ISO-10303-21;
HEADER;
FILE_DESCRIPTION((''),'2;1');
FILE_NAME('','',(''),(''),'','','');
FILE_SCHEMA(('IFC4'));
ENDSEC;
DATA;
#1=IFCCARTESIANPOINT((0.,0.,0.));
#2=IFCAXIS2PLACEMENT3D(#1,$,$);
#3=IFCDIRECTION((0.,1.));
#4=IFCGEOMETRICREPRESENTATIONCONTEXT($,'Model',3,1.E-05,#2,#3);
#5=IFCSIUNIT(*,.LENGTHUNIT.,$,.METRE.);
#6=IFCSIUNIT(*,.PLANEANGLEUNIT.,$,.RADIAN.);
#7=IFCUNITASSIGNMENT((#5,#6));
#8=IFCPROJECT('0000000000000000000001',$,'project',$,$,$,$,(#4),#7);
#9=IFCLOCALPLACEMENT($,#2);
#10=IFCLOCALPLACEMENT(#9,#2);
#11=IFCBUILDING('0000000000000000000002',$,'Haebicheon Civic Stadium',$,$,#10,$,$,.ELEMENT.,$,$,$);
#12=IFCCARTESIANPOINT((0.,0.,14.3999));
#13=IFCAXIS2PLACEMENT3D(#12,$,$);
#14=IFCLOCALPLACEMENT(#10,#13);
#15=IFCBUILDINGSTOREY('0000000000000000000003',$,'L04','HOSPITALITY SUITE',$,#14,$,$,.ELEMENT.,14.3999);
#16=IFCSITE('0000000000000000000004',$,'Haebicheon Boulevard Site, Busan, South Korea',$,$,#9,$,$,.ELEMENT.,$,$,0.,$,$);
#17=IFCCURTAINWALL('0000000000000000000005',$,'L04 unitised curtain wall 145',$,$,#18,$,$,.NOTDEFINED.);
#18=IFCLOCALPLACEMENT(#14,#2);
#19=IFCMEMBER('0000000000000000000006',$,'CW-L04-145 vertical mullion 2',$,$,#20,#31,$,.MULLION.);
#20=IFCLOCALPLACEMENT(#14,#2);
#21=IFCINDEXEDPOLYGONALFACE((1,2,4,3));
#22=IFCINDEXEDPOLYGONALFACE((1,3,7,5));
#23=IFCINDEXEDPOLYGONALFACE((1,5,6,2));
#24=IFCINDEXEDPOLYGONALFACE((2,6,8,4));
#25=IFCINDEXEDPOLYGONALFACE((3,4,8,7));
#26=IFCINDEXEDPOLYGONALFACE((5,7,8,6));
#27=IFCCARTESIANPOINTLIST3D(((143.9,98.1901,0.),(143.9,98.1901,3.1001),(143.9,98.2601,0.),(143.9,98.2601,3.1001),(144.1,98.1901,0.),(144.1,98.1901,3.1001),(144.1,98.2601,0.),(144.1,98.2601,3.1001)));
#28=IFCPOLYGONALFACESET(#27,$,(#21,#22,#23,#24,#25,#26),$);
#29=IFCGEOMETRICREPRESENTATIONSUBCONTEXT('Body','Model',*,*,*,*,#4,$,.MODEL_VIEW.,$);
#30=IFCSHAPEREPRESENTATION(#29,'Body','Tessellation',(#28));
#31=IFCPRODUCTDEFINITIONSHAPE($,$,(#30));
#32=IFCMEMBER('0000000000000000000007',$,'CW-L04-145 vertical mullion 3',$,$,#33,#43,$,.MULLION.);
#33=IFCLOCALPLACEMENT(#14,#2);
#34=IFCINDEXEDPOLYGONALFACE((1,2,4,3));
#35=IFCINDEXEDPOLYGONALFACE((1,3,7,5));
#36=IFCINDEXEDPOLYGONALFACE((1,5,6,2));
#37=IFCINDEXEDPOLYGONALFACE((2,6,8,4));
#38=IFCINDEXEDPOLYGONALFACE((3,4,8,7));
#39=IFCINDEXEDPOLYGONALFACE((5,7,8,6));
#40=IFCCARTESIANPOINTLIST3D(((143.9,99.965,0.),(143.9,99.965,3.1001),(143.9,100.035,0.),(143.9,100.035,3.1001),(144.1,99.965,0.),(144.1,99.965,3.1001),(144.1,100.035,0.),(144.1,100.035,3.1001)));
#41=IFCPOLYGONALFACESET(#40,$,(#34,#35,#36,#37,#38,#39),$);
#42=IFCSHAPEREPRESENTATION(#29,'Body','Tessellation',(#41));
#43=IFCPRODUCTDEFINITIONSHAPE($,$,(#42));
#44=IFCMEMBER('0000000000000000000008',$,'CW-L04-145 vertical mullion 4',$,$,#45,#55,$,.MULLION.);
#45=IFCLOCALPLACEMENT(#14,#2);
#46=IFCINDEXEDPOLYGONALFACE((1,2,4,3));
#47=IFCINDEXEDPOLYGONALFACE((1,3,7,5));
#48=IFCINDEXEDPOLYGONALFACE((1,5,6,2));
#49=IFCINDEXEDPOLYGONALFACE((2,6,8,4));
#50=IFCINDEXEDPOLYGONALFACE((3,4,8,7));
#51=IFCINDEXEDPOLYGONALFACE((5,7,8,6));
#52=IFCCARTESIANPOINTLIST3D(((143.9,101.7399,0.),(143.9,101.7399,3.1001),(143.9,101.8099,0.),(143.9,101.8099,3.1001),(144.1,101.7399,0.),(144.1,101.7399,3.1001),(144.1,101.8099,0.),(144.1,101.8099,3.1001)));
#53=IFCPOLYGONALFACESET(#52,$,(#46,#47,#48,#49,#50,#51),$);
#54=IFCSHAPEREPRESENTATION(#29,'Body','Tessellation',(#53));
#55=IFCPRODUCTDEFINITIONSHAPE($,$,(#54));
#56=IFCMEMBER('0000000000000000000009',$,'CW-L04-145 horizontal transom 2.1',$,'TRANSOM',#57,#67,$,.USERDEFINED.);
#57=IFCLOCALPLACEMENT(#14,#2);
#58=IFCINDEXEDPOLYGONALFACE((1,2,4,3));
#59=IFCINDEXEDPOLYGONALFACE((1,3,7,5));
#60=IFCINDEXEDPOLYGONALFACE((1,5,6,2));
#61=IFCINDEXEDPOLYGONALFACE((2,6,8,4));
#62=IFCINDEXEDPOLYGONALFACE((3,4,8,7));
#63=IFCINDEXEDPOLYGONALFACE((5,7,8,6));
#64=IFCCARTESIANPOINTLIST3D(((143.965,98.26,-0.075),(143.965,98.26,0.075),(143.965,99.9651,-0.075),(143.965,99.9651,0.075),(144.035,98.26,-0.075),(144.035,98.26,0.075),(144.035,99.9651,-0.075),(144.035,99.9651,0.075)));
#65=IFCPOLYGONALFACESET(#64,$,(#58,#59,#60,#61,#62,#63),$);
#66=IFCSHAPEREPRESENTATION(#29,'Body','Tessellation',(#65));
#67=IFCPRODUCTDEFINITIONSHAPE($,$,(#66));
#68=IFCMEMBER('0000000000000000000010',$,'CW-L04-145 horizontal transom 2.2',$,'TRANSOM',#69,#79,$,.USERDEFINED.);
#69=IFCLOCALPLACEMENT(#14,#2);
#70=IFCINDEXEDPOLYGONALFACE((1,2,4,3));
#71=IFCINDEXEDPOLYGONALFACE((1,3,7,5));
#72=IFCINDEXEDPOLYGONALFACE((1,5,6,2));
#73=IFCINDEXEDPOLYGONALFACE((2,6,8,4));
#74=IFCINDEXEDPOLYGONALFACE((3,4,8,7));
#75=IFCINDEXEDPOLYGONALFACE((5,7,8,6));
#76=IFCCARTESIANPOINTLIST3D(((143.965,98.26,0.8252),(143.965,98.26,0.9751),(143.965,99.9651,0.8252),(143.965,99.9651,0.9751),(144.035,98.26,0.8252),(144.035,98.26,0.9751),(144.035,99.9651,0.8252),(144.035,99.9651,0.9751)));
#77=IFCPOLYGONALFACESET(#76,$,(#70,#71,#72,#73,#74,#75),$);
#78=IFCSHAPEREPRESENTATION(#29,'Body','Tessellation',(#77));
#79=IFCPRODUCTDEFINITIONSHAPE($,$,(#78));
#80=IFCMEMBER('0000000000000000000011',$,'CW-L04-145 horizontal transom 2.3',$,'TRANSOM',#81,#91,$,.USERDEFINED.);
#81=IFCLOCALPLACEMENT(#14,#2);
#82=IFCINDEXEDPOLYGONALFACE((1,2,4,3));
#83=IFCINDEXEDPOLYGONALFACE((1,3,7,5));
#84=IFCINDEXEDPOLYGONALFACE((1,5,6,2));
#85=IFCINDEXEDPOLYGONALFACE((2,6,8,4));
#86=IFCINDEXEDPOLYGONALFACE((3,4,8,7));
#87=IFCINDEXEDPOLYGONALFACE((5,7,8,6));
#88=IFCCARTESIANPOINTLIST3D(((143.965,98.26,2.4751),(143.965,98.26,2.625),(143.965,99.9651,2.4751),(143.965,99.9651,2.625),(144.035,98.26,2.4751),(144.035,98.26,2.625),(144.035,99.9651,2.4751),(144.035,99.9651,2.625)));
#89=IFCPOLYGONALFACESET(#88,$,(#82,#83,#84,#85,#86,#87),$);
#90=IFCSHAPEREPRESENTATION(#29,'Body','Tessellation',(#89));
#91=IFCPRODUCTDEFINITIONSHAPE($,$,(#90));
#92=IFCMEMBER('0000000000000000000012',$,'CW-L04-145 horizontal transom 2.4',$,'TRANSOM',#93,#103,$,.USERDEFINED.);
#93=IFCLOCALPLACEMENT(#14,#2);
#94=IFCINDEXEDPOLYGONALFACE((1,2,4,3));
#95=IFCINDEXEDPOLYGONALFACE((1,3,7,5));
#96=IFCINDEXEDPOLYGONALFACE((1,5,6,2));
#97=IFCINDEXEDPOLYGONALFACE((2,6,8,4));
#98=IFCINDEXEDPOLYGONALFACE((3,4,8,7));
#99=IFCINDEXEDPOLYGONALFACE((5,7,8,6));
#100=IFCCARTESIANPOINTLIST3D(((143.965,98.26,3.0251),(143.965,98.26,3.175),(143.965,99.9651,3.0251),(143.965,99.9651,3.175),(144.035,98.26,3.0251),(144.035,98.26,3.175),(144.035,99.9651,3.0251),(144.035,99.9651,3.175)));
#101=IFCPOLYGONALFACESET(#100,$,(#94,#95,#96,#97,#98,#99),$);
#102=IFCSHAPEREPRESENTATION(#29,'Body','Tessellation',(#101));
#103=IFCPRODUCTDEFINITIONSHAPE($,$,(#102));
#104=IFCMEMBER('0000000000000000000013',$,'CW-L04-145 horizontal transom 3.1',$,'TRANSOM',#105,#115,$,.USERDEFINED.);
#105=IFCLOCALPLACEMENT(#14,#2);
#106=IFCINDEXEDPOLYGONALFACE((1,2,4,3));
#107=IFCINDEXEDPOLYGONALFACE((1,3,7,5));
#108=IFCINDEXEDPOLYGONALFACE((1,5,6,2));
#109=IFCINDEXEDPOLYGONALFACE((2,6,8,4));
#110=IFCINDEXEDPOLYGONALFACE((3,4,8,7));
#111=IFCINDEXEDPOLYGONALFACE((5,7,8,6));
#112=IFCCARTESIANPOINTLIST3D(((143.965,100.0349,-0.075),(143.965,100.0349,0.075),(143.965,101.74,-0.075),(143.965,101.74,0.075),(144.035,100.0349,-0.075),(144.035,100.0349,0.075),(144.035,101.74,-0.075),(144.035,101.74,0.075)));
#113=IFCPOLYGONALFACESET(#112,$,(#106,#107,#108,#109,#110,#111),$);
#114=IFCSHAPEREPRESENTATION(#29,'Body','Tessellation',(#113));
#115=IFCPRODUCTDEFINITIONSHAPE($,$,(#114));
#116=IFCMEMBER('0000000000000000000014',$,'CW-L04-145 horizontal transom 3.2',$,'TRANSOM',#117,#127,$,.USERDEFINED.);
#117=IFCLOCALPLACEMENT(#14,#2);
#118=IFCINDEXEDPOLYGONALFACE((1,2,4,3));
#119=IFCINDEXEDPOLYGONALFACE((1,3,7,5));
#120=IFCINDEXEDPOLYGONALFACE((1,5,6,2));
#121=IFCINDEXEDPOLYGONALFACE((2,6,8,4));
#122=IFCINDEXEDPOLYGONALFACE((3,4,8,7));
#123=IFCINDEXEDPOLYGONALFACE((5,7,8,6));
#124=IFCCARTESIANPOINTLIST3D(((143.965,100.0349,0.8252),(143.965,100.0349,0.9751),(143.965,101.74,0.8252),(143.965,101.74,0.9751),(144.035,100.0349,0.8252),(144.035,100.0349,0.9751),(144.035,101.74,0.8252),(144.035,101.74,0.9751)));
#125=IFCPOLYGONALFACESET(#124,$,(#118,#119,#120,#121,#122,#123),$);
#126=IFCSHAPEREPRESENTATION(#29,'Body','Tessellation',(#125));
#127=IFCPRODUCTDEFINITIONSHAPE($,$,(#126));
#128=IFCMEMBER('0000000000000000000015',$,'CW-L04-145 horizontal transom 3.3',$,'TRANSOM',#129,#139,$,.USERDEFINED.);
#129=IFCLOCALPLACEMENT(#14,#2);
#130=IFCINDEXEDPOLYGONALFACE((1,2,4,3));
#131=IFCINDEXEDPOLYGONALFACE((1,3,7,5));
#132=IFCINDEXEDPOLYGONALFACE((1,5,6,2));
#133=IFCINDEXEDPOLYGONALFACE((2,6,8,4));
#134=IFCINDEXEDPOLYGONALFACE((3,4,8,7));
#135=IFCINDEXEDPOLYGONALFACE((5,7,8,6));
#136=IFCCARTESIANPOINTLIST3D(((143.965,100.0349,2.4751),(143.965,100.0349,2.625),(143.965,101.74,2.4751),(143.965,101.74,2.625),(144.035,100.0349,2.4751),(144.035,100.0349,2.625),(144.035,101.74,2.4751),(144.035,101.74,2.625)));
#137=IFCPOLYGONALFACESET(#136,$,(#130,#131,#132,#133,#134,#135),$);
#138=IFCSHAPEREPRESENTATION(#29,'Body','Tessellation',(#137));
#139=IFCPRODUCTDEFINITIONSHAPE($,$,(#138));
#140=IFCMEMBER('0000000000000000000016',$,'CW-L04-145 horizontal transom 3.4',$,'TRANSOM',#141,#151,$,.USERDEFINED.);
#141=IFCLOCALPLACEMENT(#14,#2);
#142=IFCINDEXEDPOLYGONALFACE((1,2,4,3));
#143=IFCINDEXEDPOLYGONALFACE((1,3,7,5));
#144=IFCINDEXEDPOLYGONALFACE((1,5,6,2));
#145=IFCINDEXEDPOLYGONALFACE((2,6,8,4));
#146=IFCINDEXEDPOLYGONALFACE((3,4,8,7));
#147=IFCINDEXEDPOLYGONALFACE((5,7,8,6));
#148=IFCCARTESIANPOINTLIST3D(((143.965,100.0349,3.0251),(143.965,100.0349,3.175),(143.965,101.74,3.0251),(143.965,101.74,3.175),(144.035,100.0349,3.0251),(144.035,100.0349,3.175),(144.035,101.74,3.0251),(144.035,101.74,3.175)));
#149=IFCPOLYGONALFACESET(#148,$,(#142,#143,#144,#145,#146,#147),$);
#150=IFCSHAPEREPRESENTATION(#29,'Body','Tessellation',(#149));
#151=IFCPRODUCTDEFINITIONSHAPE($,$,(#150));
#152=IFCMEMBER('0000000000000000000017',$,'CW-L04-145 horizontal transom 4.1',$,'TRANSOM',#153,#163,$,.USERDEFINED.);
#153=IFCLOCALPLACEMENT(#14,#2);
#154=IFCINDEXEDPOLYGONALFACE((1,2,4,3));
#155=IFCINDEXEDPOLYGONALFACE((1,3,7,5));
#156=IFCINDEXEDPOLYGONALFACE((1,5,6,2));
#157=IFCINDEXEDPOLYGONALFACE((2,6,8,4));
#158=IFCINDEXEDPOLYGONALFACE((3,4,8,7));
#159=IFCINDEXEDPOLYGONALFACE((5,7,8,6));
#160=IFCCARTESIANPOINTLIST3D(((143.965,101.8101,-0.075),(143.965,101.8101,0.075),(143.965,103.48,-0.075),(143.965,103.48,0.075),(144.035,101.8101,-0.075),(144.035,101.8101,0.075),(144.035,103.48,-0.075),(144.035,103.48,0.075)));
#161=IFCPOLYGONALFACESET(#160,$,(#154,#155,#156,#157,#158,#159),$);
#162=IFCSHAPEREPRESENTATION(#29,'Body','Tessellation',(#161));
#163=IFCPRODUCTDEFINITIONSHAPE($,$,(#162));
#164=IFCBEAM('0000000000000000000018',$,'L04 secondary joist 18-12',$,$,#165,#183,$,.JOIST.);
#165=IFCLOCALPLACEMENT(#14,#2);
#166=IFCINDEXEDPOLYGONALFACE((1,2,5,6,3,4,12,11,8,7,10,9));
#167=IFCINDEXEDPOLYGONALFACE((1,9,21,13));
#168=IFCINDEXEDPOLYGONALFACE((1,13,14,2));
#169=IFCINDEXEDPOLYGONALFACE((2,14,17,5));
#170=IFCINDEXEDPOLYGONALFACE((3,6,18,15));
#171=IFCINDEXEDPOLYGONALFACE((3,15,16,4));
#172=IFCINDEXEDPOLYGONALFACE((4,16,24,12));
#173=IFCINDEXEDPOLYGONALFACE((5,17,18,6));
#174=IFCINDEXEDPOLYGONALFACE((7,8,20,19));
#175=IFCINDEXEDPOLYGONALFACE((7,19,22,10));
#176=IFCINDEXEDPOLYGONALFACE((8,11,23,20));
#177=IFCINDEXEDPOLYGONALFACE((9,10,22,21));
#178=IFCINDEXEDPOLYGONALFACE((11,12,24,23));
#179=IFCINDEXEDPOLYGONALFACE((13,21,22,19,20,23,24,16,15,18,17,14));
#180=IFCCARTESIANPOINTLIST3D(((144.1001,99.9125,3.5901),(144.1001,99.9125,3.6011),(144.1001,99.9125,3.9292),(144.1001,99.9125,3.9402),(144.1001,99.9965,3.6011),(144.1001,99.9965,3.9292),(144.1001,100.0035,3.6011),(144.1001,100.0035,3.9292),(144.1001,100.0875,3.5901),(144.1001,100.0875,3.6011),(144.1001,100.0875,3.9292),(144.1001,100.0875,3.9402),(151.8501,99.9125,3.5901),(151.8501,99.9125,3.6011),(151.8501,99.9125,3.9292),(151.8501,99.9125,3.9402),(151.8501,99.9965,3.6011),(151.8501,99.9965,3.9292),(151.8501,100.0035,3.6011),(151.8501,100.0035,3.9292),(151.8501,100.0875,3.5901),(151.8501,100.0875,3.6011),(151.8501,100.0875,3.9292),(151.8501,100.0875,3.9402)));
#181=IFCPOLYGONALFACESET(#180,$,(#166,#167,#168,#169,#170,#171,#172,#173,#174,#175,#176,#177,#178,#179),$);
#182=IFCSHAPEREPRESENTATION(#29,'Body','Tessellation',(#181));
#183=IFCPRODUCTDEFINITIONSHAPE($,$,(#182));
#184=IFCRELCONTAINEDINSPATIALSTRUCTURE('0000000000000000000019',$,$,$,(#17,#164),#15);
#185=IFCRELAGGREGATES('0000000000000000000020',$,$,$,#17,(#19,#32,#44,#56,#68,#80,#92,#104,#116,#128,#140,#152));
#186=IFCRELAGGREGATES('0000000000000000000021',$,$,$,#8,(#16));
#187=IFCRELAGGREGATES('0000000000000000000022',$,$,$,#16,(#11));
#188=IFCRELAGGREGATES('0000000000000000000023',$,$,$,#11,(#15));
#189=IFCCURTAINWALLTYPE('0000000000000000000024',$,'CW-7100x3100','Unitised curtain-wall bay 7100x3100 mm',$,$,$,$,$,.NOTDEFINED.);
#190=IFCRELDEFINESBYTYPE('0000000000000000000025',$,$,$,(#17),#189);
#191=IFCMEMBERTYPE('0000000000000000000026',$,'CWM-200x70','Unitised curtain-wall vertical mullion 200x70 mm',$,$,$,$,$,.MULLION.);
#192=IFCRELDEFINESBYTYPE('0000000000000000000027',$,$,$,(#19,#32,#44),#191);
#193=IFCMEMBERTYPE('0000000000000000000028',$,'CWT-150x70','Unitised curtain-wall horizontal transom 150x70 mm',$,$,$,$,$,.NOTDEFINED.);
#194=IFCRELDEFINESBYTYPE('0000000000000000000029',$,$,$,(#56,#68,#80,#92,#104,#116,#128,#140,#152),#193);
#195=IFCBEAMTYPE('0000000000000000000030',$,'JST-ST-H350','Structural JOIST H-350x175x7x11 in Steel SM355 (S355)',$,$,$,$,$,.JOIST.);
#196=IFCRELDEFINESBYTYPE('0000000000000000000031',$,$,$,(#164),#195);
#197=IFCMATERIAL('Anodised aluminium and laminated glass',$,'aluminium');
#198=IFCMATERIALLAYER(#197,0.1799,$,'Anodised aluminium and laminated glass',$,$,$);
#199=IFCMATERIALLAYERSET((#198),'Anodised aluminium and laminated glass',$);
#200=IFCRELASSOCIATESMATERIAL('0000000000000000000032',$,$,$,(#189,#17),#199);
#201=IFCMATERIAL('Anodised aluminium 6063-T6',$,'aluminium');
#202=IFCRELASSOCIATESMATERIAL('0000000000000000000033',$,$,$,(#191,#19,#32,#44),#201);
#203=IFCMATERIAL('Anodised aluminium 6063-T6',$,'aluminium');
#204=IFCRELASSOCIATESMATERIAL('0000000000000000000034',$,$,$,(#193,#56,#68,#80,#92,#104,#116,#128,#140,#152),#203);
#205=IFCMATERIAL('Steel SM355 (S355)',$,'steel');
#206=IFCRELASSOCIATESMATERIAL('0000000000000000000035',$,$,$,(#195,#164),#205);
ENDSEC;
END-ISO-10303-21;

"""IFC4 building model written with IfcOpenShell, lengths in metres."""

from ifc_helpers import new_model, si_unit, direction, frame, origin, origin_2d, place, context, subcontext, project, spatial, rectangle, i_section, extrude, material, layer, layer_set, material_profile, profile_set, type_object, element, aggregate, save


model = new_model("IFC4")

# Units and contexts
model_context = context("Model", 3, precision=1e-05, world=origin(), true_north=direction((0.0, 1.0)))
body_context = subcontext(model_context, "Body", "Model", "MODEL_VIEW")
ifc_project = project(units=[si_unit("LENGTHUNIT", "METRE"), si_unit("PLANEANGLEUNIT", "RADIAN")], contexts=[model_context])

# Site, building, storey
site_placement = place(None, origin())
site = spatial("IfcSite", under=ifc_project, at=site_placement, Name="Haebicheon Boulevard Site, Busan, South Korea", CompositionType="ELEMENT", RefElevation=0.0)
building_placement = place(site_placement, origin())
building = spatial("IfcBuilding", under=site, at=building_placement, Name="Haebicheon Civic Stadium", CompositionType="ELEMENT")
storey_placement = place(building_placement, frame((0.0, 0.0, 14.3999)))
storey = spatial("IfcBuildingStorey", under=building, at=storey_placement, Name="L04", Description="HOSPITALITY SUITE", CompositionType="ELEMENT", Elevation=14.3999)

# Curtain wall, members
ifc_material_1 = material(Name="Anodised aluminium and laminated glass", Category="aluminium")
ifc_layer_1 = layer(ifc_material_1, 0.1799, Name="Anodised aluminium and laminated glass")
ifc_layer_set_1 = layer_set([ifc_layer_1], Name="Anodised aluminium and laminated glass")
curtain_wall_type = type_object("IfcCurtainWallType", Name="CW-7100x3100", Description="Unitised curtain-wall bay 7100x3100 mm", PredefinedType="NOTDEFINED", material=ifc_layer_set_1)
curtain_wall_placement = place(storey_placement, origin())
curtain_wall = element("IfcCurtainWall", 1, at=curtain_wall_placement, inside=storey, type_object=curtain_wall_type, material=ifc_layer_set_1, Name="L04 unitised curtain wall 145", PredefinedType="NOTDEFINED")
ifc_material_2 = material(Name="Anodised aluminium 6063-T6", Category="aluminium")
ifc_material_profile_1 = material_profile(ifc_material_2, rectangle(XDim=0.0701, YDim=0.2, at=origin_2d()), Name="ALU-MULL-70x200")
ifc_profile_set_1 = profile_set([ifc_material_profile_1], Name="Anodised aluminium 6063-T6")
member_type_1 = type_object("IfcMemberType", Name="CWM-200x70", Description="Unitised curtain-wall vertical mullion 200x70 mm", PredefinedType="MULLION", material=ifc_profile_set_1)
member_1_placement = place(storey_placement, frame((144.0, 98.2251, 0.0), z_axis=(0.0, 0.0, 1.0), x_axis=(0.0, 1.0, 0.0)))
member_1 = element("IfcMember", 2, at=member_1_placement, type_object=member_type_1, material=ifc_profile_set_1, Name="CW-L04-145 vertical mullion 2", PredefinedType="MULLION", context=body_context, shape_type="SweptSolid", body=[
    extrude(rectangle(XDim=0.0701, YDim=0.2, at=origin_2d()), origin(), (0.0, 0.0, 1.0), 3.1001),
])
member_2_placement = place(storey_placement, frame((144.0, 100.0, 0.0), z_axis=(0.0, 0.0, 1.0), x_axis=(0.0, 1.0, 0.0)))
member_2 = element("IfcMember", 3, at=member_2_placement, type_object=member_type_1, material=ifc_profile_set_1, Name="CW-L04-145 vertical mullion 3", PredefinedType="MULLION", context=body_context, shape_type="SweptSolid", body=[
    extrude(rectangle(XDim=0.0701, YDim=0.2, at=origin_2d()), origin(), (0.0, 0.0, 1.0), 3.1001),
])
member_3_placement = place(storey_placement, frame((144.0, 101.7749, 0.0), z_axis=(0.0, 0.0, 1.0), x_axis=(0.0, 1.0, 0.0)))
member_3 = element("IfcMember", 4, at=member_3_placement, type_object=member_type_1, material=ifc_profile_set_1, Name="CW-L04-145 vertical mullion 4", PredefinedType="MULLION", context=body_context, shape_type="SweptSolid", body=[
    extrude(rectangle(XDim=0.0701, YDim=0.2, at=origin_2d()), origin(), (0.0, 0.0, 1.0), 3.1001),
])
ifc_material_3 = material(Name="Anodised aluminium 6063-T6", Category="aluminium")
ifc_material_profile_2 = material_profile(ifc_material_3, rectangle(XDim=0.0701, YDim=0.1499, at=origin_2d()), Name="ALU-TRAN-70x150")
ifc_profile_set_2 = profile_set([ifc_material_profile_2], Name="Anodised aluminium 6063-T6")
member_type_2 = type_object("IfcMemberType", Name="CWT-150x70", Description="Unitised curtain-wall horizontal transom 150x70 mm", PredefinedType="NOTDEFINED", material=ifc_profile_set_2)
member_4_placement = place(storey_placement, frame((144.0, 98.26, 0.0), z_axis=(0.0, 1.0, 0.0), x_axis=(-1.0, 0.0, 0.0)))
member_4 = element("IfcMember", 5, at=member_4_placement, type_object=member_type_2, material=ifc_profile_set_2, Name="CW-L04-145 horizontal transom 2.1", ObjectType="TRANSOM", PredefinedType="USERDEFINED", context=body_context, shape_type="SweptSolid", body=[
    extrude(rectangle(XDim=0.0701, YDim=0.1499, at=origin_2d()), origin(), (0.0, 0.0, 1.0), 1.7051),
])
member_5_placement = place(storey_placement, frame((144.0, 98.26, 0.9001), z_axis=(0.0, 1.0, 0.0), x_axis=(-1.0, 0.0, 0.0)))
member_5 = element("IfcMember", 6, at=member_5_placement, type_object=member_type_2, material=ifc_profile_set_2, Name="CW-L04-145 horizontal transom 2.2", ObjectType="TRANSOM", PredefinedType="USERDEFINED", context=body_context, shape_type="SweptSolid", body=[
    extrude(rectangle(XDim=0.0701, YDim=0.1499, at=origin_2d()), origin(), (0.0, 0.0, 1.0), 1.7051),
])
member_6_placement = place(storey_placement, frame((144.0, 98.26, 2.55), z_axis=(0.0, 1.0, 0.0), x_axis=(-1.0, 0.0, 0.0)))
member_6 = element("IfcMember", 7, at=member_6_placement, type_object=member_type_2, material=ifc_profile_set_2, Name="CW-L04-145 horizontal transom 2.3", ObjectType="TRANSOM", PredefinedType="USERDEFINED", context=body_context, shape_type="SweptSolid", body=[
    extrude(rectangle(XDim=0.0701, YDim=0.1499, at=origin_2d()), origin(), (0.0, 0.0, 1.0), 1.7051),
])
member_7_placement = place(storey_placement, frame((144.0, 98.26, 3.1001), z_axis=(0.0, 1.0, 0.0), x_axis=(-1.0, 0.0, 0.0)))
member_7 = element("IfcMember", 8, at=member_7_placement, type_object=member_type_2, material=ifc_profile_set_2, Name="CW-L04-145 horizontal transom 2.4", ObjectType="TRANSOM", PredefinedType="USERDEFINED", context=body_context, shape_type="SweptSolid", body=[
    extrude(rectangle(XDim=0.0701, YDim=0.1499, at=origin_2d()), origin(), (0.0, 0.0, 1.0), 1.7051),
])
member_8_placement = place(storey_placement, frame((144.0, 100.0349, 0.0), z_axis=(0.0, 1.0, 0.0), x_axis=(-1.0, 0.0, 0.0)))
member_8 = element("IfcMember", 9, at=member_8_placement, type_object=member_type_2, material=ifc_profile_set_2, Name="CW-L04-145 horizontal transom 3.1", ObjectType="TRANSOM", PredefinedType="USERDEFINED", context=body_context, shape_type="SweptSolid", body=[
    extrude(rectangle(XDim=0.0701, YDim=0.1499, at=origin_2d()), origin(), (0.0, 0.0, 1.0), 1.7051),
])
member_9_placement = place(storey_placement, frame((144.0, 100.0349, 0.9001), z_axis=(0.0, 1.0, 0.0), x_axis=(-1.0, 0.0, 0.0)))
member_9 = element("IfcMember", 10, at=member_9_placement, type_object=member_type_2, material=ifc_profile_set_2, Name="CW-L04-145 horizontal transom 3.2", ObjectType="TRANSOM", PredefinedType="USERDEFINED", context=body_context, shape_type="SweptSolid", body=[
    extrude(rectangle(XDim=0.0701, YDim=0.1499, at=origin_2d()), origin(), (0.0, 0.0, 1.0), 1.7051),
])
member_10_placement = place(storey_placement, frame((144.0, 100.0349, 2.55), z_axis=(0.0, 1.0, 0.0), x_axis=(-1.0, 0.0, 0.0)))
member_10 = element("IfcMember", 11, at=member_10_placement, type_object=member_type_2, material=ifc_profile_set_2, Name="CW-L04-145 horizontal transom 3.3", ObjectType="TRANSOM", PredefinedType="USERDEFINED", context=body_context, shape_type="SweptSolid", body=[
    extrude(rectangle(XDim=0.0701, YDim=0.1499, at=origin_2d()), origin(), (0.0, 0.0, 1.0), 1.7051),
])
member_11_placement = place(storey_placement, frame((144.0, 100.0349, 3.1001), z_axis=(0.0, 1.0, 0.0), x_axis=(-1.0, 0.0, 0.0)))
member_11 = element("IfcMember", 12, at=member_11_placement, type_object=member_type_2, material=ifc_profile_set_2, Name="CW-L04-145 horizontal transom 3.4", ObjectType="TRANSOM", PredefinedType="USERDEFINED", context=body_context, shape_type="SweptSolid", body=[
    extrude(rectangle(XDim=0.0701, YDim=0.1499, at=origin_2d()), origin(), (0.0, 0.0, 1.0), 1.7051),
])
member_12_placement = place(storey_placement, frame((144.0, 101.8101, 0.0), z_axis=(0.0, 1.0, 0.0), x_axis=(-1.0, 0.0, 0.0)))
member_12 = element("IfcMember", 13, at=member_12_placement, type_object=member_type_2, material=ifc_profile_set_2, Name="CW-L04-145 horizontal transom 4.1", ObjectType="TRANSOM", PredefinedType="USERDEFINED", context=body_context, shape_type="SweptSolid", body=[
    extrude(rectangle(XDim=0.0701, YDim=0.1499, at=origin_2d()), origin(), (0.0, 0.0, 1.0), 1.6699),
])

# Beam
ifc_material_4 = material(Name="Steel SM355 (S355)", Category="steel")
ifc_material_profile_3 = material_profile(ifc_material_4, i_section(OverallWidth=0.175, OverallDepth=0.3501, WebThickness=0.0071, FlangeThickness=0.011, at=origin_2d()), Name="H-350x175x7x11")
ifc_profile_set_3 = profile_set([ifc_material_profile_3], Name="Steel SM355 (S355)")
beam_type = type_object("IfcBeamType", Name="JST-ST-H350", Description="Structural JOIST H-350x175x7x11 in Steel SM355 (S355)", PredefinedType="JOIST", material=ifc_profile_set_3)
beam_placement = place(storey_placement, frame((144.1001, 100.0, 3.7651), z_axis=(1.0, 0.0, 0.0), x_axis=(0.0, 1.0, 0.0)))
element("IfcBeam", 14, at=beam_placement, inside=storey, type_object=beam_type, material=ifc_profile_set_3, Name="L04 secondary joist 18-12", PredefinedType="JOIST", context=body_context, shape_type="SweptSolid", body=[
    extrude(i_section(OverallWidth=0.175, OverallDepth=0.3501, WebThickness=0.0071, FlangeThickness=0.011, at=origin_2d()), origin(), (0.0, 0.0, 1.0), 7.75),
])

aggregate(curtain_wall, [member_1, member_2, member_3, member_4, member_5, member_6, member_7, member_8, member_9, member_10, member_11, member_12])

save(model, "model.ifc")
